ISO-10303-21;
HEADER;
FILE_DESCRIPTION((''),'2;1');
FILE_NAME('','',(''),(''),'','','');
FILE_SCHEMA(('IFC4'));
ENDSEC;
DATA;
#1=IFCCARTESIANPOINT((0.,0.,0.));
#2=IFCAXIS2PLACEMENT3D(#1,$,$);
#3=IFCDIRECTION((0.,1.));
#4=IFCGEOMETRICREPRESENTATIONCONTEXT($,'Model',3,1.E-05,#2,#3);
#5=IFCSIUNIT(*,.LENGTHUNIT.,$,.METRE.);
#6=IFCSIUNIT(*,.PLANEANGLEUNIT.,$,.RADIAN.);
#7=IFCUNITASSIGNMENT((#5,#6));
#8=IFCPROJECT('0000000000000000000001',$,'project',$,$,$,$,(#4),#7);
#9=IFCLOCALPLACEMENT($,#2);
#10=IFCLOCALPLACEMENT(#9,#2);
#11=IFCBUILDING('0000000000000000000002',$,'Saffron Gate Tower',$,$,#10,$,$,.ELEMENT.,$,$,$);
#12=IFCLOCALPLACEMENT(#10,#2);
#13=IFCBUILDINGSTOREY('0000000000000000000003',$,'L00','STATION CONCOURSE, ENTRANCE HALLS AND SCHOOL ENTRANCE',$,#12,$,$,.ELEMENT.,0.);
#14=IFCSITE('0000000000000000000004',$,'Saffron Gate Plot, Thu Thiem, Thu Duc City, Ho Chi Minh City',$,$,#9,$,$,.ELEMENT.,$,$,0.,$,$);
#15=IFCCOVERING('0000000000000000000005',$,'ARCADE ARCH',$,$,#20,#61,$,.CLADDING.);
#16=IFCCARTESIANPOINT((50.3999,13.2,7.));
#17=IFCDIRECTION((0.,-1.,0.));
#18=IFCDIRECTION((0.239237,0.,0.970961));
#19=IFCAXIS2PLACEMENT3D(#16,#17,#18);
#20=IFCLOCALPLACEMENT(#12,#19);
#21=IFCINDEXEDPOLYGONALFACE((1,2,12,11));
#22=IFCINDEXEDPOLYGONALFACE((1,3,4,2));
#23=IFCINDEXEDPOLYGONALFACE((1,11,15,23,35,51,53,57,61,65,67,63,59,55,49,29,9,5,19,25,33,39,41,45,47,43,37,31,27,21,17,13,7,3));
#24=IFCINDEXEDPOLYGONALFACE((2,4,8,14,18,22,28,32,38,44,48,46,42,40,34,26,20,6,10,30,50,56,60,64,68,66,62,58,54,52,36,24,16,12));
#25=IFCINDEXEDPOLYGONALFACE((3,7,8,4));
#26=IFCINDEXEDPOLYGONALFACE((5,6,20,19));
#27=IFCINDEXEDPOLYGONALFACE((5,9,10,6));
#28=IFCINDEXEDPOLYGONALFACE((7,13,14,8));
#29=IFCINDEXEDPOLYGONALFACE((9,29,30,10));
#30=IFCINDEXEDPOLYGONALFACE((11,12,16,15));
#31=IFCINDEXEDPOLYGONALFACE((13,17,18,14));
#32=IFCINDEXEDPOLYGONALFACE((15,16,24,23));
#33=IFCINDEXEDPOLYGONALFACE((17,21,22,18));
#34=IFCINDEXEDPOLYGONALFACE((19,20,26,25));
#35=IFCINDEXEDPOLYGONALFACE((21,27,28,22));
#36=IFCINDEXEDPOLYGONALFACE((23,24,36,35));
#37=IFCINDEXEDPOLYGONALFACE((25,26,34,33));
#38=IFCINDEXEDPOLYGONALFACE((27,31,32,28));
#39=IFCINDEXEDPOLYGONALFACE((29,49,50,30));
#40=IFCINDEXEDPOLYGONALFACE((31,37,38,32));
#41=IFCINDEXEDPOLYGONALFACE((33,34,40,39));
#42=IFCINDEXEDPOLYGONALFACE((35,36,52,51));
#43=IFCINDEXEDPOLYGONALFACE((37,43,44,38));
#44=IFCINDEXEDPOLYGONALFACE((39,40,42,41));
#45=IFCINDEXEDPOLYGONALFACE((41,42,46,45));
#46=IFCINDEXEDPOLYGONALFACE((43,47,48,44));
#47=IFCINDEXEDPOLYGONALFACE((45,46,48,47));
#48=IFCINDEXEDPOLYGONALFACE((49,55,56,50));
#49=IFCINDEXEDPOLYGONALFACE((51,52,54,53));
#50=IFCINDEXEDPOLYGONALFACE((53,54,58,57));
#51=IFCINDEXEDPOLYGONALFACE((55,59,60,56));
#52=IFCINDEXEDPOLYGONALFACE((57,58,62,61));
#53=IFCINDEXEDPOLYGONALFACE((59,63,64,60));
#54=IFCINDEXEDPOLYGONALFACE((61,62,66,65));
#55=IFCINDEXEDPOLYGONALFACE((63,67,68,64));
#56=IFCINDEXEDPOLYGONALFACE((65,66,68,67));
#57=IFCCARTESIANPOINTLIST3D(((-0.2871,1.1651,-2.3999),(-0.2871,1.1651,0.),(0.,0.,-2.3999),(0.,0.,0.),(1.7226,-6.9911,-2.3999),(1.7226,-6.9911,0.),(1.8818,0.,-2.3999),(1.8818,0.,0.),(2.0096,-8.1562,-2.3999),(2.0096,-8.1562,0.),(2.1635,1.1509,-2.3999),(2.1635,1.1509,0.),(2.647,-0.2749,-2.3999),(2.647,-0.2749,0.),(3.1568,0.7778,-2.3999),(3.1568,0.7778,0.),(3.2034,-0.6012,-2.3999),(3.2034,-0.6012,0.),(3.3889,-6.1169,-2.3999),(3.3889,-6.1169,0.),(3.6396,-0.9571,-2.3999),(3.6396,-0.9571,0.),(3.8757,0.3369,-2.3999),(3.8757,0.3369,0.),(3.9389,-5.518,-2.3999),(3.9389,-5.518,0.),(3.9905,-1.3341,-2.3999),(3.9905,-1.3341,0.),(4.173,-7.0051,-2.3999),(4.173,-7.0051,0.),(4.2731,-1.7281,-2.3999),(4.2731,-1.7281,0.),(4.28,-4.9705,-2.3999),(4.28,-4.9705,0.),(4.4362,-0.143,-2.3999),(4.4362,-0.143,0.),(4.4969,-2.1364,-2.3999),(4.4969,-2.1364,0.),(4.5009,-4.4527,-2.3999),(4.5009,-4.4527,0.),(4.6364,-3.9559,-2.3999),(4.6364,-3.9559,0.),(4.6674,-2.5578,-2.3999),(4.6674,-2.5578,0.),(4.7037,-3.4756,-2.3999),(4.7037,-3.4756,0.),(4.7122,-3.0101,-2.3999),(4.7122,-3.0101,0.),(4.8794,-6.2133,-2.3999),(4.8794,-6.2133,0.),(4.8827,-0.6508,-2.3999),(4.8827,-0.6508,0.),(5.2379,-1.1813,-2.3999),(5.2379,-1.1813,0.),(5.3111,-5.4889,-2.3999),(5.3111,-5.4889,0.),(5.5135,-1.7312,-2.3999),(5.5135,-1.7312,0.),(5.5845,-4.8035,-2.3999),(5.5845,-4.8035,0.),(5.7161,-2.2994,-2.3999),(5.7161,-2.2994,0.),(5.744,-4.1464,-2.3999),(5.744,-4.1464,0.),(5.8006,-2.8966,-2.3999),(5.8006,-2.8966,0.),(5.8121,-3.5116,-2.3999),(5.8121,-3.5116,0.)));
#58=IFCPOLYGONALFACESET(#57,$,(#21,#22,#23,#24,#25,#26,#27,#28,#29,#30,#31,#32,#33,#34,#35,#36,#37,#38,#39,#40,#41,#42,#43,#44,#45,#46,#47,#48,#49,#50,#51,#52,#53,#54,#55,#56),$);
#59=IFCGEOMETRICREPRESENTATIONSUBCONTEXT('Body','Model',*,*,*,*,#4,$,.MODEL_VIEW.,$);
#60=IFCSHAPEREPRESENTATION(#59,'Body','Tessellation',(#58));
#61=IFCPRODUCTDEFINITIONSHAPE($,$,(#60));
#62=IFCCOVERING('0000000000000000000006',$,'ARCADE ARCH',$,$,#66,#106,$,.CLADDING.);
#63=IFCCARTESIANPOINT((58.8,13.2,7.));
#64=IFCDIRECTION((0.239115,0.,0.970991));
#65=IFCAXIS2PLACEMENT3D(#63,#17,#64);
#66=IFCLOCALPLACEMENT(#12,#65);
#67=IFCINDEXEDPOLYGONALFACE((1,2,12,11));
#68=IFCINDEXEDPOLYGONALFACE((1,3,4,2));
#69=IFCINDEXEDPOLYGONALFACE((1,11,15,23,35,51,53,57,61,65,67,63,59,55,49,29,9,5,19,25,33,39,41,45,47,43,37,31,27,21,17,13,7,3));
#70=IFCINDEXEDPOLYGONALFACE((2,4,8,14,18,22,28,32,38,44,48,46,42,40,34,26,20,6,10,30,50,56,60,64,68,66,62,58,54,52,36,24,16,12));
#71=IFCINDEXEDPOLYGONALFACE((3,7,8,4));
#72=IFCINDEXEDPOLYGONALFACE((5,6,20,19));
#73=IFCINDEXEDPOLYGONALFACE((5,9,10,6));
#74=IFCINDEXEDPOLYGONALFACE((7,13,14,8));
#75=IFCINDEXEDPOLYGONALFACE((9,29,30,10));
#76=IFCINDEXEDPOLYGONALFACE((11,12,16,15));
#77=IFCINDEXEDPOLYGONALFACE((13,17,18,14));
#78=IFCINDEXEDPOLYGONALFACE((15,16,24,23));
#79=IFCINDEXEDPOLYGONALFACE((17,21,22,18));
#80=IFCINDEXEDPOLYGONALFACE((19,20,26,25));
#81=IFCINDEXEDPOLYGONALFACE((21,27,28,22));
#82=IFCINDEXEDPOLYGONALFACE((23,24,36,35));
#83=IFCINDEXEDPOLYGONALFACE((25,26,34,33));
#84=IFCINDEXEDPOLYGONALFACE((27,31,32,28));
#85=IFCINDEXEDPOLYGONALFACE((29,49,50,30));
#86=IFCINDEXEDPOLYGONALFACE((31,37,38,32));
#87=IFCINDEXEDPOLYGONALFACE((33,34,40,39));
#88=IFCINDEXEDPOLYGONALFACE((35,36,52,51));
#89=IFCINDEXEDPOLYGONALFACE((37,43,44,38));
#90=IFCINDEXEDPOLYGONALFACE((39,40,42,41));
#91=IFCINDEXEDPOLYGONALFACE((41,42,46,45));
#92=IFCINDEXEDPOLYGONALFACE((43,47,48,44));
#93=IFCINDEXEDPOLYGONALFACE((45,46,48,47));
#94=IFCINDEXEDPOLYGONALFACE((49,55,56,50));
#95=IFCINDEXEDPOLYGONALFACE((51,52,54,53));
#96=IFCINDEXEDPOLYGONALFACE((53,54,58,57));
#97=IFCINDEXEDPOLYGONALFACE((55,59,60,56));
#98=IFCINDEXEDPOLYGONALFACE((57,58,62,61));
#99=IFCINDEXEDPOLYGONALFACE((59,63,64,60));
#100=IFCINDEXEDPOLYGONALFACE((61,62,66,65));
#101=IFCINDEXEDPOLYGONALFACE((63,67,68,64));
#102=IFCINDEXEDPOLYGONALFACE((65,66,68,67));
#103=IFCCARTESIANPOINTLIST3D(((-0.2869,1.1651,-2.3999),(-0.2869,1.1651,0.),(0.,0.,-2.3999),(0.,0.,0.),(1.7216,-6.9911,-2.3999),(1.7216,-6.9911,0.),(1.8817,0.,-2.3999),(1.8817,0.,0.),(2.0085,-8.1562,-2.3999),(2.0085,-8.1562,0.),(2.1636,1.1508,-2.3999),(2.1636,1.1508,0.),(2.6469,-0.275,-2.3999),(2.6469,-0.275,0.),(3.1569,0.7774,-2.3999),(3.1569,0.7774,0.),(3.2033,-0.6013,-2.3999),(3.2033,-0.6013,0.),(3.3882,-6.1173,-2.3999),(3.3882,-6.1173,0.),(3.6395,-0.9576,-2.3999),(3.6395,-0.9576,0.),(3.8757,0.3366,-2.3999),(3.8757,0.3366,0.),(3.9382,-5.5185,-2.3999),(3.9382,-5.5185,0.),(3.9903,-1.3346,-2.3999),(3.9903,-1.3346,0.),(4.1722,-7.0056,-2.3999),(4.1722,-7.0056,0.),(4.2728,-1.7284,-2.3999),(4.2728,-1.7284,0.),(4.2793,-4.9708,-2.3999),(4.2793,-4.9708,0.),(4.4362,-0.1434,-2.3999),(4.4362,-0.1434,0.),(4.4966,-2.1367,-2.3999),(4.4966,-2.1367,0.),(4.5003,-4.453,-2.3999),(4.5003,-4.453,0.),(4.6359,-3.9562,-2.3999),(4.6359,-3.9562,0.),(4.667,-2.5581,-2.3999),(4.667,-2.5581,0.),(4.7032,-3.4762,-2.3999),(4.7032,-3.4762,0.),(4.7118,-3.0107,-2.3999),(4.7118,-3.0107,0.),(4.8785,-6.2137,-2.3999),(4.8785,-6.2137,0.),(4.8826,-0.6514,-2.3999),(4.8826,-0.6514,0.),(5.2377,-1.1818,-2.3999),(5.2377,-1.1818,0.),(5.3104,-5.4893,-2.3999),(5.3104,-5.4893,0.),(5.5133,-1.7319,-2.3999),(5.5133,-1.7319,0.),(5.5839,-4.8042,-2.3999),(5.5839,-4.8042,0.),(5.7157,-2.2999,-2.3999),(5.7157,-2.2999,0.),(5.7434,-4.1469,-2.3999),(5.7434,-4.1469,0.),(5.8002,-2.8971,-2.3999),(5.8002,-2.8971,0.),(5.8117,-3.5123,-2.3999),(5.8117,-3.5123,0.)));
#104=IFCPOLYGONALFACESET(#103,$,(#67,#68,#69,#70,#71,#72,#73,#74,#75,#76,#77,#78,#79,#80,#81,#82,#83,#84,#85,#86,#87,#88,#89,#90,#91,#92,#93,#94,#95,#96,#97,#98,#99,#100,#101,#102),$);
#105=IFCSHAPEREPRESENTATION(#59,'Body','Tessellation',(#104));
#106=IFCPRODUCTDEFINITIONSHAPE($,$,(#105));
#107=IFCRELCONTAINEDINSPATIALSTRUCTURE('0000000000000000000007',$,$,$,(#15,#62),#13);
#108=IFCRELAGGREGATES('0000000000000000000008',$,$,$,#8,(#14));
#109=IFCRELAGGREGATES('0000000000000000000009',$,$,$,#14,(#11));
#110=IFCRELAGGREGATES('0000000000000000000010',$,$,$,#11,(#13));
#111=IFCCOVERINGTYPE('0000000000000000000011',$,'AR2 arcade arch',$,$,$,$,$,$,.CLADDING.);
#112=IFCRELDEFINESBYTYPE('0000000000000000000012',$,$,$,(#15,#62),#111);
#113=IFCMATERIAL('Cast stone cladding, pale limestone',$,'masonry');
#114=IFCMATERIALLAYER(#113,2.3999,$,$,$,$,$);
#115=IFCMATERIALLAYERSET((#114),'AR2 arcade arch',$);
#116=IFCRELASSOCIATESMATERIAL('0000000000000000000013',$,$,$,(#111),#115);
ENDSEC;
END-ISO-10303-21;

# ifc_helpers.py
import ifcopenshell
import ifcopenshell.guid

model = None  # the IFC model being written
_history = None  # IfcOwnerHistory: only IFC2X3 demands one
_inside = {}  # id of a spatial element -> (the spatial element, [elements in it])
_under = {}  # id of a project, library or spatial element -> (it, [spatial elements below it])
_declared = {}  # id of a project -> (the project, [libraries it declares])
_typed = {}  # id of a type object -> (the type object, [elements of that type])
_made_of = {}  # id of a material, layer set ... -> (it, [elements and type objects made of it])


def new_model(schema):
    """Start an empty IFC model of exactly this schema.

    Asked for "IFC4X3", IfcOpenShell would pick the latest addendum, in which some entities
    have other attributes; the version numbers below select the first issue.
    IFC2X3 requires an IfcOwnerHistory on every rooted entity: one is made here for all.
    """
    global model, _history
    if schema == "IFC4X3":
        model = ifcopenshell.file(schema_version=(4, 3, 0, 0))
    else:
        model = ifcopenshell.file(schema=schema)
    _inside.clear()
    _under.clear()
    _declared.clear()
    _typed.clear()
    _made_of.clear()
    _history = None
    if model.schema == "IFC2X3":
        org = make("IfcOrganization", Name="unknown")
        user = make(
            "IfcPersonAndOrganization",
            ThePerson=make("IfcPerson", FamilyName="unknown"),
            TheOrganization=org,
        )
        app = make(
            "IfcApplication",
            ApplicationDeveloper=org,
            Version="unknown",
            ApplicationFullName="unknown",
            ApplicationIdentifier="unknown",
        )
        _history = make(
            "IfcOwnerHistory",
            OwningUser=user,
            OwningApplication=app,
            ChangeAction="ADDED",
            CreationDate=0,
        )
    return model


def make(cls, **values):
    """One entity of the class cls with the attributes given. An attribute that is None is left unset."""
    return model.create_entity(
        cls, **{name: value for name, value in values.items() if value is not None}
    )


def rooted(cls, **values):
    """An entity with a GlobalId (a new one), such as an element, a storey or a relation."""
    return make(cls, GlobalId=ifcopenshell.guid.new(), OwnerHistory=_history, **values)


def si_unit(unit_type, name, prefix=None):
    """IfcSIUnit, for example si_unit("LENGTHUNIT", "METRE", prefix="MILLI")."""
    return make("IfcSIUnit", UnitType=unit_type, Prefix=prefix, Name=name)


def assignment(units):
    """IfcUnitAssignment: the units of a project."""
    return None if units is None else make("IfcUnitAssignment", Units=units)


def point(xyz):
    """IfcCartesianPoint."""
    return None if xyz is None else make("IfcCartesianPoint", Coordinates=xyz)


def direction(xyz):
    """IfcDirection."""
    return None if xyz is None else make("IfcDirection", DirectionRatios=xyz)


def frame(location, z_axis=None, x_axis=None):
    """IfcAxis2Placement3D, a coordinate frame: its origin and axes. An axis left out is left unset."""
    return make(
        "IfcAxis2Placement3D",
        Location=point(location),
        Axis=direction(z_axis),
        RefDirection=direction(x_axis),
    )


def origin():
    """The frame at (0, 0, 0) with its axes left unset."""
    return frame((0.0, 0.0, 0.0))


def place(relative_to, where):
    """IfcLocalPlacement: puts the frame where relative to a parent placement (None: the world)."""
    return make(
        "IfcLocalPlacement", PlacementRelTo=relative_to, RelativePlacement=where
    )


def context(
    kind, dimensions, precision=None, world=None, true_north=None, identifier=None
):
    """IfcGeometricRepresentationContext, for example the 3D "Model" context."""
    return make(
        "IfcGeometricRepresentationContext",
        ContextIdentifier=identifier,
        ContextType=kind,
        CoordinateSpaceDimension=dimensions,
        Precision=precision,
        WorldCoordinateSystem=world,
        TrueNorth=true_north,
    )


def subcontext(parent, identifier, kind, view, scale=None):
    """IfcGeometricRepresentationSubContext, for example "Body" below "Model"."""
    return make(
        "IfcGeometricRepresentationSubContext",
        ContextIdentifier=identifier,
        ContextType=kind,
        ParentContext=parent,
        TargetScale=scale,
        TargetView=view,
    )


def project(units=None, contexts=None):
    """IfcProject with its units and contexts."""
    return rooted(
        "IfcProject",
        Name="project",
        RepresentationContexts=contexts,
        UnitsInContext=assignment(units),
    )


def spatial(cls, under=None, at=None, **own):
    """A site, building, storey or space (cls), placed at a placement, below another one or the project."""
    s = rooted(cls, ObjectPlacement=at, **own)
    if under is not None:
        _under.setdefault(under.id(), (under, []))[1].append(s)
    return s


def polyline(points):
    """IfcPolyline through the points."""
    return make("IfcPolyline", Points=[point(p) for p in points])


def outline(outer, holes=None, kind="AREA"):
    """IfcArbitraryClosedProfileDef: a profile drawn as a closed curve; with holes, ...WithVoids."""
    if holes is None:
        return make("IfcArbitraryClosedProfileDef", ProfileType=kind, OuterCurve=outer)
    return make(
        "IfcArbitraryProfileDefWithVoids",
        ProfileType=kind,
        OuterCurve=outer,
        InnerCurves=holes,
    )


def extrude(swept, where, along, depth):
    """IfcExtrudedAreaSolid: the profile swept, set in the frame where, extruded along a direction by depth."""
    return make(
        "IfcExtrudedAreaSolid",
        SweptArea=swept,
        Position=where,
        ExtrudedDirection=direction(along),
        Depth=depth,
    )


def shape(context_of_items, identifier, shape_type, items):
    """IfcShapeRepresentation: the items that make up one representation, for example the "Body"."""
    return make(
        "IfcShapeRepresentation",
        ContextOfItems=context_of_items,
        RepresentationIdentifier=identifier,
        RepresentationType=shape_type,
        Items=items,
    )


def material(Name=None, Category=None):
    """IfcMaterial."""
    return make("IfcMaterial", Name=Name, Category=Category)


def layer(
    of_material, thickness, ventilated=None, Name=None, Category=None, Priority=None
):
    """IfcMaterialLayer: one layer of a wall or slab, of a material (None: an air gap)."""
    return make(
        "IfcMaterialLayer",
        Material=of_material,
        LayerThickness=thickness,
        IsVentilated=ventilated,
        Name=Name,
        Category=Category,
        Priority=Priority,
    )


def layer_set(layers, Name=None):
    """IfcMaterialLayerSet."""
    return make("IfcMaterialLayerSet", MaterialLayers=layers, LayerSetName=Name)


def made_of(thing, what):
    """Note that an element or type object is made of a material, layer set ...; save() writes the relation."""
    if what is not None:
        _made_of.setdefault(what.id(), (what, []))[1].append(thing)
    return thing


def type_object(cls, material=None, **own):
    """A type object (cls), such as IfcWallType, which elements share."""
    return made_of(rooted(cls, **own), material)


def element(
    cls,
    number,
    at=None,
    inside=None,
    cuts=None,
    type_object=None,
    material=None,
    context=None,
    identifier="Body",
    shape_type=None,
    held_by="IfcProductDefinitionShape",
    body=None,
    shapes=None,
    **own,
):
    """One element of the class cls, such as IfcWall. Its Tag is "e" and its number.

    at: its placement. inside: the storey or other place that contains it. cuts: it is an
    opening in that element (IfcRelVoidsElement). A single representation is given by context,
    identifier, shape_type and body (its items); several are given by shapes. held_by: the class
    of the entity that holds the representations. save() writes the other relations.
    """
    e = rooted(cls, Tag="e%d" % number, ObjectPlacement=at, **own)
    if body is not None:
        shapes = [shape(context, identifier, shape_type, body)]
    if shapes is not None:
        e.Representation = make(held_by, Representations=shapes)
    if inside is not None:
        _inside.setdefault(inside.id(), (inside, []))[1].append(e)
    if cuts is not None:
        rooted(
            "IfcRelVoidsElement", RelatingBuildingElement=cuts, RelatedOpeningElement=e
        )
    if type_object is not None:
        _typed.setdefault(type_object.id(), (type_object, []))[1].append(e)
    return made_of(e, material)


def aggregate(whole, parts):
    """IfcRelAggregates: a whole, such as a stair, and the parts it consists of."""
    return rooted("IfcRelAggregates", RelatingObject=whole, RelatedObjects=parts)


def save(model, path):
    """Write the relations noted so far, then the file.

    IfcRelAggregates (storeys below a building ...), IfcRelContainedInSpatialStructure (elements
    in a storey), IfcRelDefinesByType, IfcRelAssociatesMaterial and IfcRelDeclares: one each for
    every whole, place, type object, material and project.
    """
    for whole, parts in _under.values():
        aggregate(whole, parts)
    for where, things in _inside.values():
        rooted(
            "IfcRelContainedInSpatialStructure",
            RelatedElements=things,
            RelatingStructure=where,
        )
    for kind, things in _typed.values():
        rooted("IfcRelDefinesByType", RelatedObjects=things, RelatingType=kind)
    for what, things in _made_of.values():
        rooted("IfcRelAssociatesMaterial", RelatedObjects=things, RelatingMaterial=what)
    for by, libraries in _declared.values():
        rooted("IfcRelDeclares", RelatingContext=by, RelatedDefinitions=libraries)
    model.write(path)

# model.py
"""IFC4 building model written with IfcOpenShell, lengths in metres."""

from ifc_helpers import new_model, si_unit, direction, frame, origin, place, context, subcontext, project, spatial, polyline, outline, extrude, material, layer, layer_set, type_object, element, save


model = new_model("IFC4")

# Units and contexts
model_context = context("Model", 3, precision=1e-05, world=origin(), true_north=direction((0.0, 1.0)))
body_context = subcontext(model_context, "Body", "Model", "MODEL_VIEW")
ifc_project = project(units=[si_unit("LENGTHUNIT", "METRE"), si_unit("PLANEANGLEUNIT", "RADIAN")], contexts=[model_context])

# Site, building, storey
site_placement = place(None, origin())
site = spatial("IfcSite", under=ifc_project, at=site_placement, Name="Saffron Gate Plot, Thu Thiem, Thu Duc City, Ho Chi Minh City", CompositionType="ELEMENT", RefElevation=0.0)
building_placement = place(site_placement, origin())
building = spatial("IfcBuilding", under=site, at=building_placement, Name="Saffron Gate Tower", CompositionType="ELEMENT")
storey_placement = place(building_placement, origin())
storey = spatial("IfcBuildingStorey", under=building, at=storey_placement, Name="L00", Description="STATION CONCOURSE, ENTRANCE HALLS AND SCHOOL ENTRANCE", CompositionType="ELEMENT", Elevation=0.0)

# Coverings
ifc_material_1 = material(Name="Cast stone cladding, pale limestone", Category="masonry")
ifc_layer_1 = layer(ifc_material_1, 2.3999)
ifc_layer_set_1 = layer_set([ifc_layer_1], Name="AR2 arcade arch")
covering_type = type_object("IfcCoveringType", Name="AR2 arcade arch", PredefinedType="CLADDING", material=ifc_layer_set_1)
covering_1_placement = place(storey_placement, frame((50.3999, 13.2, 7.0), z_axis=(0.0, -1.0, 0.0), x_axis=(0.239237, 0.0, 0.970961)))
element("IfcCovering", 1, at=covering_1_placement, inside=storey, type_object=covering_type, Name="ARCADE ARCH", PredefinedType="CLADDING", context=body_context, shape_type="SweptSolid", body=[
    extrude(outline(polyline([(0.0, 0.0), (1.8818, 0.0), (2.647, -0.2749), (3.2034, -0.6012), (3.6396, -0.9571), (3.9905, -1.3341), (4.2731, -1.7281), (4.4969, -2.1364), (4.6674, -2.5578), (4.7122, -3.0101), (4.7037, -3.4756), (4.6364, -3.9559), (4.5009, -4.4527), (4.28, -4.9705), (3.9389, -5.518), (3.3889, -6.1169), (1.7226, -6.9911), (2.0096, -8.1562), (4.173, -7.0051), (4.8794, -6.2133), (5.3111, -5.4889), (5.5845, -4.8035), (5.744, -4.1464), (5.8121, -3.5116), (5.8006, -2.8966), (5.7161, -2.2994), (5.5135, -1.7312), (5.2379, -1.1813), (4.8827, -0.6508), (4.4362, -0.143), (3.8757, 0.3369), (3.1568, 0.7778), (2.1635, 1.1509), (-0.2871, 1.1651), (0.0, 0.0)])), origin(), (0.0, 0.0, -1.0), 2.3999),
])
covering_2_placement = place(storey_placement, frame((58.8, 13.2, 7.0), z_axis=(0.0, -1.0, 0.0), x_axis=(0.239115, 0.0, 0.970991)))
element("IfcCovering", 2, at=covering_2_placement, inside=storey, type_object=covering_type, Name="ARCADE ARCH", PredefinedType="CLADDING", context=body_context, shape_type="SweptSolid", body=[
    extrude(outline(polyline([(0.0, 0.0), (1.8817, 0.0), (2.6469, -0.275), (3.2033, -0.6013), (3.6395, -0.9576), (3.9903, -1.3346), (4.2728, -1.7284), (4.4966, -2.1367), (4.667, -2.5581), (4.7118, -3.0107), (4.7032, -3.4762), (4.6359, -3.9562), (4.5003, -4.453), (4.2793, -4.9708), (3.9382, -5.5185), (3.3882, -6.1173), (1.7216, -6.9911), (2.0085, -8.1562), (4.1722, -7.0056), (4.8785, -6.2137), (5.3104, -5.4893), (5.5839, -4.8042), (5.7434, -4.1469), (5.8117, -3.5123), (5.8002, -2.8971), (5.7157, -2.2999), (5.5133, -1.7319), (5.2377, -1.1818), (4.8826, -0.6514), (4.4362, -0.1434), (3.8757, 0.3366), (3.1569, 0.7774), (2.1636, 1.1508), (-0.2869, 1.1651), (0.0, 0.0)])), origin(), (0.0, 0.0, -1.0), 2.3999),
])

save(model, "model.ifc")
